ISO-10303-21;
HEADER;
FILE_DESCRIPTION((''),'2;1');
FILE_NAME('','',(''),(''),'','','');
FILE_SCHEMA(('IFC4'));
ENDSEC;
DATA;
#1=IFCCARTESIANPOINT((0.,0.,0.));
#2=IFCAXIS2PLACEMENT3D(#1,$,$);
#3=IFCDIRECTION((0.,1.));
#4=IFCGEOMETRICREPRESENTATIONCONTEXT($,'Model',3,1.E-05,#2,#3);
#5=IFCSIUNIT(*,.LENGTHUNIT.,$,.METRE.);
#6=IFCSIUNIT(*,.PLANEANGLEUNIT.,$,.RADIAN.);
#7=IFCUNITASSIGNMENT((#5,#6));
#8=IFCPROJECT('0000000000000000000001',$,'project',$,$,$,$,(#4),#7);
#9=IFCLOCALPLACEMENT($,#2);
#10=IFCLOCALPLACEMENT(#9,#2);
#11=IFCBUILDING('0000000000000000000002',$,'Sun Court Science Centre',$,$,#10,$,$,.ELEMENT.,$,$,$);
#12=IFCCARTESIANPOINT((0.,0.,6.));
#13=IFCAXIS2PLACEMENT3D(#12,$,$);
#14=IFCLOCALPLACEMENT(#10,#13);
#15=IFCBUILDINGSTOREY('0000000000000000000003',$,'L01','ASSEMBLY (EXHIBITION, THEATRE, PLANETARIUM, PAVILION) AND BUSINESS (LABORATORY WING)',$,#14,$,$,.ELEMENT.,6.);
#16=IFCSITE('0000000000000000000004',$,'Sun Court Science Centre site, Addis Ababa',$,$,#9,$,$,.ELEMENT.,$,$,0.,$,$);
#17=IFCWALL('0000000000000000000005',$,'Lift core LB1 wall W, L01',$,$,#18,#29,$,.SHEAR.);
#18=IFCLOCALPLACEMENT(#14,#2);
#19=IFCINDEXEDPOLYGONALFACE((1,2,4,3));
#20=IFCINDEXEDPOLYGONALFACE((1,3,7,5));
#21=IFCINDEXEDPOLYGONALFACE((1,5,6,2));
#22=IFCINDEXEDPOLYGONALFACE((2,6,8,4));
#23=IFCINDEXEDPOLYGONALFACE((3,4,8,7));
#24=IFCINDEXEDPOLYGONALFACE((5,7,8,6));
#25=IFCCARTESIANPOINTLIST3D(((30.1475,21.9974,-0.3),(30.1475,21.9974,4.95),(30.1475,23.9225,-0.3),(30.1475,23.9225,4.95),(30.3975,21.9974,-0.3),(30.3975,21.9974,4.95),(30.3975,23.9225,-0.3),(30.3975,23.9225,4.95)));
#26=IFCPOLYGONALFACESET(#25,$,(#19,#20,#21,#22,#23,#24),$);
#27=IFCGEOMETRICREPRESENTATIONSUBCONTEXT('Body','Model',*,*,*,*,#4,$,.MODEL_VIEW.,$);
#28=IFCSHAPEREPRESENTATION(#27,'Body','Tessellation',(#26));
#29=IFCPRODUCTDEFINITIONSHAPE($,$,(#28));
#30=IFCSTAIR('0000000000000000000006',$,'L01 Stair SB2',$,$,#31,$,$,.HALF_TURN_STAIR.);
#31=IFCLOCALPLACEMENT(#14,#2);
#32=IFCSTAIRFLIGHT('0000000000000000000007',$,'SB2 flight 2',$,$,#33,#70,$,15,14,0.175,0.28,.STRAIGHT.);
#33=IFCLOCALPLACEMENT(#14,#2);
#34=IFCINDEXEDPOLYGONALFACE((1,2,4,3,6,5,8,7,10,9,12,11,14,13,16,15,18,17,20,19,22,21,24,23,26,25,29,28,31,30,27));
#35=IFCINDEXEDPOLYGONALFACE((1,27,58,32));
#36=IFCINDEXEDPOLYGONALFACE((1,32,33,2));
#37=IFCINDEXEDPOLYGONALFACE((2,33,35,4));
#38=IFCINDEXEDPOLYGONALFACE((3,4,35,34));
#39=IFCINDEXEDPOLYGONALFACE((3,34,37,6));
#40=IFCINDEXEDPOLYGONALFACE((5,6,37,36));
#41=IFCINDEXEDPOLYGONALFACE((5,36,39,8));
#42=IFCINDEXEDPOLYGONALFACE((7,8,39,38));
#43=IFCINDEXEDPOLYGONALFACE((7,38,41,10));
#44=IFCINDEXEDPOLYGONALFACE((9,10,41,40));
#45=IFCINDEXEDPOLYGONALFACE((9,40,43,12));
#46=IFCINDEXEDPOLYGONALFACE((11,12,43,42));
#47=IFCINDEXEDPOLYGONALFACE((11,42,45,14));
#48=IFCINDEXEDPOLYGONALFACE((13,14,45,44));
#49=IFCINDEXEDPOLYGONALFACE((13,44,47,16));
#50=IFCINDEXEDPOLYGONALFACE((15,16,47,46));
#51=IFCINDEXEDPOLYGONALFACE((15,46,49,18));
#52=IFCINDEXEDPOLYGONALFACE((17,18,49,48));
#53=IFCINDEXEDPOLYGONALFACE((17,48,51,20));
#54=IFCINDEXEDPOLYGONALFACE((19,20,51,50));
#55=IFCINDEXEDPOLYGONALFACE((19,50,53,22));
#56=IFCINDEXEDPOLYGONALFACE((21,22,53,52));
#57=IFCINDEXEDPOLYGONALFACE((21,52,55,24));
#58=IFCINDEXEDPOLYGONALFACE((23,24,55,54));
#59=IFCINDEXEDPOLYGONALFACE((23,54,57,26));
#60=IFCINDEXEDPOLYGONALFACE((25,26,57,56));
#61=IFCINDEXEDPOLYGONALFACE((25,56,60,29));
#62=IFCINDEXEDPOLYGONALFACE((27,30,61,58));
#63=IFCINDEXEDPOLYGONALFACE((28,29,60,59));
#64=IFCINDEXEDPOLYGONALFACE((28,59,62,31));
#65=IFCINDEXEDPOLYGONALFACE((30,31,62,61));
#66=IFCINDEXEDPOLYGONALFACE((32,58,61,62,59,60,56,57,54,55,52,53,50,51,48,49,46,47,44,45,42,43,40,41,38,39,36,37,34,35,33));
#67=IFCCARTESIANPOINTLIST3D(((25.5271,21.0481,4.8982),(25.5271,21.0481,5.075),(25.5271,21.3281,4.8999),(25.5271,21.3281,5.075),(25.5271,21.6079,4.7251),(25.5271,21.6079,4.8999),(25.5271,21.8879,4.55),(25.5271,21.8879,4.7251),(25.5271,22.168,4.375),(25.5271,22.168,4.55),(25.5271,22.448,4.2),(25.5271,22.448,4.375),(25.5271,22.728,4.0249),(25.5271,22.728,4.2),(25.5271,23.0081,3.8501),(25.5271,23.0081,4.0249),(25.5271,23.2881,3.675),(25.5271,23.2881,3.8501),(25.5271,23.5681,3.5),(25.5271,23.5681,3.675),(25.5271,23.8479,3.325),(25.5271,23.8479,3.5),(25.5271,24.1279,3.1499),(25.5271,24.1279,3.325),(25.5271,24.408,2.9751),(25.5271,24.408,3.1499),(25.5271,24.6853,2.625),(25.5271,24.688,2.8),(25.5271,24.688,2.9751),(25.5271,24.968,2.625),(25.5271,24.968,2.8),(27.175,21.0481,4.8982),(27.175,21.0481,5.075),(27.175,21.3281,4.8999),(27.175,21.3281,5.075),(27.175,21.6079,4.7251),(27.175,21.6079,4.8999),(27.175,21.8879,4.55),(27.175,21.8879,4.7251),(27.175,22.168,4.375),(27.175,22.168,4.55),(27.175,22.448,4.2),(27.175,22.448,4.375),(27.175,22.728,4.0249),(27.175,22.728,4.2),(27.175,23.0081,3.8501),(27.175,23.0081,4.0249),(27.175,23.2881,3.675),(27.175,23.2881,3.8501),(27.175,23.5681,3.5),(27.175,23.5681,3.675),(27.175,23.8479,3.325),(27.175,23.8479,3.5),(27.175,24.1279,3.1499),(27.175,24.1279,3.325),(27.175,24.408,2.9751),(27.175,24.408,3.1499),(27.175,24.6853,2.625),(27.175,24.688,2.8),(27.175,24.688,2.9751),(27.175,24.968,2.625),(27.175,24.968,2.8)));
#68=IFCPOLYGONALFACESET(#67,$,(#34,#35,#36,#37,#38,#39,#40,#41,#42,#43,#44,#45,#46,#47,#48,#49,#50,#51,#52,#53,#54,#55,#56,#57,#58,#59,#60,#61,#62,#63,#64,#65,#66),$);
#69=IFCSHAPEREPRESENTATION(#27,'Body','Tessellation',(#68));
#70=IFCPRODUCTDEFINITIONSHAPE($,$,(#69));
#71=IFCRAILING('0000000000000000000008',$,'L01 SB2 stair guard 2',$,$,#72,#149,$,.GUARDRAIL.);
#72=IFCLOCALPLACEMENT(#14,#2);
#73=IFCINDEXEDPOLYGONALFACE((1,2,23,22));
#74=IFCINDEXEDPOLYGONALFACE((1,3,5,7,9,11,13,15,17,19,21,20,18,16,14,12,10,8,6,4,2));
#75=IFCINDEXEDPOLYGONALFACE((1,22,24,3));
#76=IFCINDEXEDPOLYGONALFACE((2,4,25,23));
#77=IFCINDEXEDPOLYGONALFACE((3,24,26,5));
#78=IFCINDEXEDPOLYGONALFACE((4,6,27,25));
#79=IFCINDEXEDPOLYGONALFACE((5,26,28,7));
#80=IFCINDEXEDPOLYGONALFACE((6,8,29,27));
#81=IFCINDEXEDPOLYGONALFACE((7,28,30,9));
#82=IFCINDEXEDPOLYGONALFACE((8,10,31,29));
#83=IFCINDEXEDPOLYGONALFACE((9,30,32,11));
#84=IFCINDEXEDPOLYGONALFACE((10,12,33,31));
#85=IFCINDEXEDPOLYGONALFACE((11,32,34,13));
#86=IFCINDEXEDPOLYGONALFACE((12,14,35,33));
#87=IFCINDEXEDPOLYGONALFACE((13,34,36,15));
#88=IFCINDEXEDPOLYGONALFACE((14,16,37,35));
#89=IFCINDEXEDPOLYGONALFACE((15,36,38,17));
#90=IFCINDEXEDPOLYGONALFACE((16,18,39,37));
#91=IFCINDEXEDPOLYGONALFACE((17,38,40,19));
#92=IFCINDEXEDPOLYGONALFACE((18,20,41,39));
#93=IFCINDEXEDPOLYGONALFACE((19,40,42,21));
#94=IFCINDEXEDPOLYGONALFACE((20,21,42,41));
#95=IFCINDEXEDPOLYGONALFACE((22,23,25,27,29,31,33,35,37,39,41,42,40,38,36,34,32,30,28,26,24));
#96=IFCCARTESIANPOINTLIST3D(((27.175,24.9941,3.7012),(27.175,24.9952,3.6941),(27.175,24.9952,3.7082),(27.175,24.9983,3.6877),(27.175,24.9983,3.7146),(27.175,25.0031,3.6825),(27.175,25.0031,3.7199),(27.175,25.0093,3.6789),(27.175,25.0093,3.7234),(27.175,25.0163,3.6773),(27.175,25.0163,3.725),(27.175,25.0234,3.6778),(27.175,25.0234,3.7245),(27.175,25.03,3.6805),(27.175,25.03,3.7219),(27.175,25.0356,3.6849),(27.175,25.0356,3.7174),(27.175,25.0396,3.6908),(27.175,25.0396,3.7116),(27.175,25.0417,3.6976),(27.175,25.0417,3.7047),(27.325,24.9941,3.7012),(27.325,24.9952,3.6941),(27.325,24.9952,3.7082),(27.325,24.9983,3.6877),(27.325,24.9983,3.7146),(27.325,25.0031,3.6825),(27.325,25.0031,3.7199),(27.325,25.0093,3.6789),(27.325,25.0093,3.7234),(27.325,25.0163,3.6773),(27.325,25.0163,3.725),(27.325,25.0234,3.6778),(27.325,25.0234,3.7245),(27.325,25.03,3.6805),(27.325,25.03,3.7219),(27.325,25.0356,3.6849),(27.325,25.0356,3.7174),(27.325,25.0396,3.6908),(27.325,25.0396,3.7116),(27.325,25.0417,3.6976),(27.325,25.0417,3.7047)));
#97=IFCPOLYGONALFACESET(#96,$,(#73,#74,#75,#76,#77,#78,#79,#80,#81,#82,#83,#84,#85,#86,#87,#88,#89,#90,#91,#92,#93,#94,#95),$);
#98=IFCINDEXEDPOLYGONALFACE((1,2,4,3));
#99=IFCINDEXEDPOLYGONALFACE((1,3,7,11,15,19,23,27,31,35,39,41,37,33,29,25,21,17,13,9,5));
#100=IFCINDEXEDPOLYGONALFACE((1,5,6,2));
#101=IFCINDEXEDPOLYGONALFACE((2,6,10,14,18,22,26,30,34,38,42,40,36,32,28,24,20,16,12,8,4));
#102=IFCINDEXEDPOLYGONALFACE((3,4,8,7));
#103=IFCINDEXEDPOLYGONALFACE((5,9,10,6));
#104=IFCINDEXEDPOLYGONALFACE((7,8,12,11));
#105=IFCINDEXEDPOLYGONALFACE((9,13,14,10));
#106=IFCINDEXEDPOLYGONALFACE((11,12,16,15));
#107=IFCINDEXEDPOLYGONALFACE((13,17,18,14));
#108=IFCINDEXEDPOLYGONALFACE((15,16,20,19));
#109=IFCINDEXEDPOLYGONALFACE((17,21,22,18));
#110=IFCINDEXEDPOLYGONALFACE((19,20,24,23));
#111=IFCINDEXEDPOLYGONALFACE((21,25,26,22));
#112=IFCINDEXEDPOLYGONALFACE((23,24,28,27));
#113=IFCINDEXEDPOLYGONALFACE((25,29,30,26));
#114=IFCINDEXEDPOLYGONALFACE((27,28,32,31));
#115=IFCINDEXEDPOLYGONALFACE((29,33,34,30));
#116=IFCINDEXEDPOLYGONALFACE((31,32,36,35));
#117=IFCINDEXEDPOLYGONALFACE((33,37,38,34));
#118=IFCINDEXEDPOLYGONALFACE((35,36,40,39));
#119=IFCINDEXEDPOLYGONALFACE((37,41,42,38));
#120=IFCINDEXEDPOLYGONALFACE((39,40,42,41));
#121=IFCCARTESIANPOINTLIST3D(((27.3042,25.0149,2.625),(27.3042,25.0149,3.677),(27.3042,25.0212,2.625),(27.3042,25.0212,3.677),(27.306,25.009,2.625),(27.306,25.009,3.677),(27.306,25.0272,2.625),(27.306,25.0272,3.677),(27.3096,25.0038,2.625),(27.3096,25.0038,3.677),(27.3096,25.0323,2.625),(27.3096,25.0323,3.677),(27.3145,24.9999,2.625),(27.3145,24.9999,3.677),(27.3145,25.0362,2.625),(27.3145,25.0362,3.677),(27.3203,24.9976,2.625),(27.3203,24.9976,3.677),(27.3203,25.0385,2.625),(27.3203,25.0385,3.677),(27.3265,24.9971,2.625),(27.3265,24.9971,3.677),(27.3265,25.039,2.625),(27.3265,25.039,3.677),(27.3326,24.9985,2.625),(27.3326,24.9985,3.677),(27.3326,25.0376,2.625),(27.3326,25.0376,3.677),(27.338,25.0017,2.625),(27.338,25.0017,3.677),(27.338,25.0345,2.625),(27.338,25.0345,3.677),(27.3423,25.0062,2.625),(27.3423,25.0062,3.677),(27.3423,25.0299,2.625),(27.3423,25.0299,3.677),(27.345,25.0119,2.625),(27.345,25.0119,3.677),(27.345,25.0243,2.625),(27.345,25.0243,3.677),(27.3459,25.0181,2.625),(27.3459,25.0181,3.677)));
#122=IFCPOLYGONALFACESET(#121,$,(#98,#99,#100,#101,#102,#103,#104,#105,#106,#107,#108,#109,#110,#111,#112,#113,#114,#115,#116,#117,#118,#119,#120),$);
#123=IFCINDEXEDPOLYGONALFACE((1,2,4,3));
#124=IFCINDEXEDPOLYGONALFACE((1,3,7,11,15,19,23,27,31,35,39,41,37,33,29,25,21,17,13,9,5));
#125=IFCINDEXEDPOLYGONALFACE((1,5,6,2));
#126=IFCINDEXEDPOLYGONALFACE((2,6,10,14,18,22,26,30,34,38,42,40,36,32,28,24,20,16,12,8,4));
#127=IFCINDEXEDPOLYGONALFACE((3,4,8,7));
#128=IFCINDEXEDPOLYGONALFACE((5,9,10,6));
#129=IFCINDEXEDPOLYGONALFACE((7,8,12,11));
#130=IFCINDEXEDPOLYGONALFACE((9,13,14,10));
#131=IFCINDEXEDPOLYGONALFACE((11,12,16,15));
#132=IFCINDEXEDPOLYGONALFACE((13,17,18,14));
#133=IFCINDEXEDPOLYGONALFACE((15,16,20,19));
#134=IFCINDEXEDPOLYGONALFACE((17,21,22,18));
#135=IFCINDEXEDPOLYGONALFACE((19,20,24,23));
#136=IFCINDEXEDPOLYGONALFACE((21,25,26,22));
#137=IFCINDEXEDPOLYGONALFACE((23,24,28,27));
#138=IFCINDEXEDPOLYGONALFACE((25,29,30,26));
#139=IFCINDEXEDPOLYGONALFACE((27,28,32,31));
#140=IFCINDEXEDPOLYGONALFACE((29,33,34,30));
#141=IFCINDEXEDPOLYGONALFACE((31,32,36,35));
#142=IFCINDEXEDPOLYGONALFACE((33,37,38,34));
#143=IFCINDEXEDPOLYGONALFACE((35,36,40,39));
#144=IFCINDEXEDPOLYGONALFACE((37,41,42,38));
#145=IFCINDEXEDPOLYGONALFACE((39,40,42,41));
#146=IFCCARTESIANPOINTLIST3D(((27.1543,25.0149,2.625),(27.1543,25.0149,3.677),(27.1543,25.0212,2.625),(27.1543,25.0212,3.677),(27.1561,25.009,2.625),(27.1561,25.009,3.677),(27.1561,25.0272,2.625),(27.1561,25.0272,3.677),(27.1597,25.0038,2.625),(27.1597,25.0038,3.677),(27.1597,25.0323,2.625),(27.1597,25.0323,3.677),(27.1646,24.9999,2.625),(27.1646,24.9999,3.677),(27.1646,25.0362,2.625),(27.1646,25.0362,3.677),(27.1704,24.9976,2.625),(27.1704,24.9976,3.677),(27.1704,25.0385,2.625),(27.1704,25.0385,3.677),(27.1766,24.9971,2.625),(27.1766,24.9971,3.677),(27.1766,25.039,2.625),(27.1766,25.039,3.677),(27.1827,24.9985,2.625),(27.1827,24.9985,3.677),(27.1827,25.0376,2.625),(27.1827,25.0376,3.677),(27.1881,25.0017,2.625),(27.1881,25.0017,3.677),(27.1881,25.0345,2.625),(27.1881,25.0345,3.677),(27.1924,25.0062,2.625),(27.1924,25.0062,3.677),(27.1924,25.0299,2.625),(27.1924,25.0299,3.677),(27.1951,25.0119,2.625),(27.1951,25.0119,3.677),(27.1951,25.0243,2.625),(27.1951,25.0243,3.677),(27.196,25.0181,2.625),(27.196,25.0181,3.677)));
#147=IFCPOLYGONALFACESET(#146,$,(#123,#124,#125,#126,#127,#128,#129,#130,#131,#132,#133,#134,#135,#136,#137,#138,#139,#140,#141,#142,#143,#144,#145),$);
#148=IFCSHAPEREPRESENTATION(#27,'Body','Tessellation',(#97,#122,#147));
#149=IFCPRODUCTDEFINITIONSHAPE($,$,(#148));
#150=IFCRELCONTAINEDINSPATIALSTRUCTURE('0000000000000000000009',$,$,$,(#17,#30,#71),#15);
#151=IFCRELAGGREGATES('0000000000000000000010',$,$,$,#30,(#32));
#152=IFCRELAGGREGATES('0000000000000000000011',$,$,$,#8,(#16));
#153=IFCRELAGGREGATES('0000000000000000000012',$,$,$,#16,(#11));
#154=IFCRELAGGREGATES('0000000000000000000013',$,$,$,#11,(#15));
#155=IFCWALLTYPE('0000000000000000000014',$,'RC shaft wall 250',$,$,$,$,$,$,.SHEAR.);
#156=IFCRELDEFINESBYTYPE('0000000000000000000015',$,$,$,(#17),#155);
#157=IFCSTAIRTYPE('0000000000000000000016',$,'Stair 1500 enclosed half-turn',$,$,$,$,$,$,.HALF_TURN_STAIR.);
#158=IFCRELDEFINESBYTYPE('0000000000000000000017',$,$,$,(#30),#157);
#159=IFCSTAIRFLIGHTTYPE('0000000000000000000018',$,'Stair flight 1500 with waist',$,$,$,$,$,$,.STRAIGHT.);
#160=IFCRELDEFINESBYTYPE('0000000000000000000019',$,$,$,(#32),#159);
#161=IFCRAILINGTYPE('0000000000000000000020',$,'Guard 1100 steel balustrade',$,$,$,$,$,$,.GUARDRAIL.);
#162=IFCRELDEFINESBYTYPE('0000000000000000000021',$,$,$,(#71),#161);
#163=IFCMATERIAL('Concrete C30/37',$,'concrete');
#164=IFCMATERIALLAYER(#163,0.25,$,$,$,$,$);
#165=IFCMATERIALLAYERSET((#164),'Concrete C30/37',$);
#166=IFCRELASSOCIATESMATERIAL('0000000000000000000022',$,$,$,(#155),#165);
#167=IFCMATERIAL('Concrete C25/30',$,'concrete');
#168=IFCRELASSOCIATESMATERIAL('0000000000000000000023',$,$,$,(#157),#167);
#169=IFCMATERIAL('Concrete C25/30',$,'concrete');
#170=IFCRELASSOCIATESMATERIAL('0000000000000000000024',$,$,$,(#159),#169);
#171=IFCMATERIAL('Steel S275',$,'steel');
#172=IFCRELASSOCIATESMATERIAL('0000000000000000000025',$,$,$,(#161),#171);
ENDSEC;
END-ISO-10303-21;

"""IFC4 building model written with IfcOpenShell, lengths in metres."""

from ifc_helpers import new_model, si_unit, direction, frame, frame_2d, origin, origin_2d, place, context, subcontext, project, spatial, polyline, rectangle, circle, outline, extrude, material, layer, layer_set, type_object, element, aggregate, save


model = new_model("IFC4")

# Units and contexts
model_context = context("Model", 3, precision=1e-05, world=origin(), true_north=direction((0.0, 1.0)))
body_context = subcontext(model_context, "Body", "Model", "MODEL_VIEW")
ifc_project = project(units=[si_unit("LENGTHUNIT", "METRE"), si_unit("PLANEANGLEUNIT", "RADIAN")], contexts=[model_context])

# Site, building, storey
site_placement = place(None, origin())
site = spatial("IfcSite", under=ifc_project, at=site_placement, Name="Sun Court Science Centre site, Addis Ababa", CompositionType="ELEMENT", RefElevation=0.0)
building_placement = place(site_placement, origin())
building = spatial("IfcBuilding", under=site, at=building_placement, Name="Sun Court Science Centre", CompositionType="ELEMENT")
storey_placement = place(building_placement, frame((0.0, 0.0, 6.0)))
storey = spatial("IfcBuildingStorey", under=building, at=storey_placement, Name="L01", Description="ASSEMBLY (EXHIBITION, THEATRE, PLANETARIUM, PAVILION) AND BUSINESS (LABORATORY WING)", CompositionType="ELEMENT", Elevation=6.0)

# Shared definitions
ifc_material_1 = material(Name="Concrete C30/37", Category="concrete")
ifc_layer_1 = layer(ifc_material_1, 0.25)
ifc_layer_set_1 = layer_set([ifc_layer_1], Name="Concrete C30/37")
wall_type = type_object("IfcWallType", Name="RC shaft wall 250", PredefinedType="SHEAR", material=ifc_layer_set_1)

# Wall
wall_1_placement = place(storey_placement, frame((30.2725, 21.9976, -0.3), z_axis=(0.0, 0.0, 1.0), x_axis=(0.0, 1.0, 0.0)))
element("IfcWall", 1, at=wall_1_placement, inside=storey, type_object=wall_type, Name="Lift core LB1 wall W, L01", PredefinedType="SHEAR", context=body_context, shape_type="SweptSolid", body=[
    extrude(rectangle(XDim=1.925, YDim=0.25, at=frame_2d((0.9624, 0.0))), origin(), (0.0, 0.0, 1.0), 5.25),
])

# Stair, stair flight
ifc_material_2 = material(Name="Concrete C25/30", Category="concrete")
stair_type = type_object("IfcStairType", Name="Stair 1500 enclosed half-turn", PredefinedType="HALF_TURN_STAIR", material=ifc_material_2)
stair_placement = place(storey_placement, origin())
stair = element("IfcStair", 2, at=stair_placement, inside=storey, type_object=stair_type, Name="L01 Stair SB2", PredefinedType="HALF_TURN_STAIR")
ifc_material_3 = material(Name="Concrete C25/30", Category="concrete")
stair_flight_type = type_object("IfcStairFlightType", Name="Stair flight 1500 with waist", PredefinedType="STRAIGHT", material=ifc_material_3)
stair_flight_placement = place(storey_placement, frame((26.3511, 24.968, 2.625), z_axis=(0.0, 0.0, 1.0), x_axis=(0.0, -1.0, 0.0)))
stair_flight = element("IfcStairFlight", 3, at=stair_flight_placement, type_object=stair_flight_type, Name="SB2 flight 2", NumberOfRisers=15, NumberOfTreads=14, PredefinedType="STRAIGHT", RiserHeight=0.175, TreadLength=0.28, context=body_context, shape_type="SweptSolid", body=[
    extrude(outline(polyline([(0.0, 0.0), (0.0, 0.175), (0.28, 0.175), (0.28, 0.3501), (0.5601, 0.3501), (0.5601, 0.5249), (0.8401, 0.5249), (0.8401, 0.7), (1.1201, 0.7), (1.1201, 0.875), (1.3999, 0.875), (1.3999, 1.05), (1.6799, 1.05), (1.6799, 1.2251), (1.96, 1.2251), (1.96, 1.3999), (2.24, 1.3999), (2.24, 1.575), (2.52, 1.575), (2.52, 1.75), (2.8, 1.75), (2.8, 1.925), (3.0801, 1.925), (3.0801, 2.1001), (3.3601, 2.1001), (3.3601, 2.2749), (3.6399, 2.2749), (3.6399, 2.45), (3.9199, 2.45), (3.9199, 2.625), (3.9199, 2.2732), (0.2827, 0.0), (0.0, 0.0)])), frame((0.0, 0.824, 0.0), z_axis=(0.0, -1.0, 0.0), x_axis=(1.0, 0.0, 0.0)), (0.0, 0.0, 1.0), 1.6479),
])
aggregate(stair, [stair_flight])

# Railing
ifc_material_4 = material(Name="Steel S275", Category="steel")
railing_type_1 = type_object("IfcRailingType", Name="Guard 1100 steel balustrade", PredefinedType="GUARDRAIL", material=ifc_material_4)
railing_1_placement = place(storey_placement, frame((27.325, 25.0181, 2.625)))
element("IfcRailing", 4, at=railing_1_placement, inside=storey, type_object=railing_type_1, Name="L01 SB2 stair guard 2", PredefinedType="GUARDRAIL", context=body_context, shape_type="SweptSolid", body=[
    extrude(circle(Radius=0.0239, at=origin_2d()), frame((0.0, 0.0, 1.0762), z_axis=(-1.0, 0.0, 0.0), x_axis=(0.0, -1.0, 0.0)), (0.0, 0.0, 1.0), 0.1499),
    extrude(circle(Radius=0.021, at=origin_2d()), origin(), (0.0, 0.0, 1.0), 1.052),
    extrude(circle(Radius=0.021, at=origin_2d()), frame((-0.1499, 0.0, 0.0)), (0.0, 0.0, 1.0), 1.052),
])

save(model, "model.ifc")
